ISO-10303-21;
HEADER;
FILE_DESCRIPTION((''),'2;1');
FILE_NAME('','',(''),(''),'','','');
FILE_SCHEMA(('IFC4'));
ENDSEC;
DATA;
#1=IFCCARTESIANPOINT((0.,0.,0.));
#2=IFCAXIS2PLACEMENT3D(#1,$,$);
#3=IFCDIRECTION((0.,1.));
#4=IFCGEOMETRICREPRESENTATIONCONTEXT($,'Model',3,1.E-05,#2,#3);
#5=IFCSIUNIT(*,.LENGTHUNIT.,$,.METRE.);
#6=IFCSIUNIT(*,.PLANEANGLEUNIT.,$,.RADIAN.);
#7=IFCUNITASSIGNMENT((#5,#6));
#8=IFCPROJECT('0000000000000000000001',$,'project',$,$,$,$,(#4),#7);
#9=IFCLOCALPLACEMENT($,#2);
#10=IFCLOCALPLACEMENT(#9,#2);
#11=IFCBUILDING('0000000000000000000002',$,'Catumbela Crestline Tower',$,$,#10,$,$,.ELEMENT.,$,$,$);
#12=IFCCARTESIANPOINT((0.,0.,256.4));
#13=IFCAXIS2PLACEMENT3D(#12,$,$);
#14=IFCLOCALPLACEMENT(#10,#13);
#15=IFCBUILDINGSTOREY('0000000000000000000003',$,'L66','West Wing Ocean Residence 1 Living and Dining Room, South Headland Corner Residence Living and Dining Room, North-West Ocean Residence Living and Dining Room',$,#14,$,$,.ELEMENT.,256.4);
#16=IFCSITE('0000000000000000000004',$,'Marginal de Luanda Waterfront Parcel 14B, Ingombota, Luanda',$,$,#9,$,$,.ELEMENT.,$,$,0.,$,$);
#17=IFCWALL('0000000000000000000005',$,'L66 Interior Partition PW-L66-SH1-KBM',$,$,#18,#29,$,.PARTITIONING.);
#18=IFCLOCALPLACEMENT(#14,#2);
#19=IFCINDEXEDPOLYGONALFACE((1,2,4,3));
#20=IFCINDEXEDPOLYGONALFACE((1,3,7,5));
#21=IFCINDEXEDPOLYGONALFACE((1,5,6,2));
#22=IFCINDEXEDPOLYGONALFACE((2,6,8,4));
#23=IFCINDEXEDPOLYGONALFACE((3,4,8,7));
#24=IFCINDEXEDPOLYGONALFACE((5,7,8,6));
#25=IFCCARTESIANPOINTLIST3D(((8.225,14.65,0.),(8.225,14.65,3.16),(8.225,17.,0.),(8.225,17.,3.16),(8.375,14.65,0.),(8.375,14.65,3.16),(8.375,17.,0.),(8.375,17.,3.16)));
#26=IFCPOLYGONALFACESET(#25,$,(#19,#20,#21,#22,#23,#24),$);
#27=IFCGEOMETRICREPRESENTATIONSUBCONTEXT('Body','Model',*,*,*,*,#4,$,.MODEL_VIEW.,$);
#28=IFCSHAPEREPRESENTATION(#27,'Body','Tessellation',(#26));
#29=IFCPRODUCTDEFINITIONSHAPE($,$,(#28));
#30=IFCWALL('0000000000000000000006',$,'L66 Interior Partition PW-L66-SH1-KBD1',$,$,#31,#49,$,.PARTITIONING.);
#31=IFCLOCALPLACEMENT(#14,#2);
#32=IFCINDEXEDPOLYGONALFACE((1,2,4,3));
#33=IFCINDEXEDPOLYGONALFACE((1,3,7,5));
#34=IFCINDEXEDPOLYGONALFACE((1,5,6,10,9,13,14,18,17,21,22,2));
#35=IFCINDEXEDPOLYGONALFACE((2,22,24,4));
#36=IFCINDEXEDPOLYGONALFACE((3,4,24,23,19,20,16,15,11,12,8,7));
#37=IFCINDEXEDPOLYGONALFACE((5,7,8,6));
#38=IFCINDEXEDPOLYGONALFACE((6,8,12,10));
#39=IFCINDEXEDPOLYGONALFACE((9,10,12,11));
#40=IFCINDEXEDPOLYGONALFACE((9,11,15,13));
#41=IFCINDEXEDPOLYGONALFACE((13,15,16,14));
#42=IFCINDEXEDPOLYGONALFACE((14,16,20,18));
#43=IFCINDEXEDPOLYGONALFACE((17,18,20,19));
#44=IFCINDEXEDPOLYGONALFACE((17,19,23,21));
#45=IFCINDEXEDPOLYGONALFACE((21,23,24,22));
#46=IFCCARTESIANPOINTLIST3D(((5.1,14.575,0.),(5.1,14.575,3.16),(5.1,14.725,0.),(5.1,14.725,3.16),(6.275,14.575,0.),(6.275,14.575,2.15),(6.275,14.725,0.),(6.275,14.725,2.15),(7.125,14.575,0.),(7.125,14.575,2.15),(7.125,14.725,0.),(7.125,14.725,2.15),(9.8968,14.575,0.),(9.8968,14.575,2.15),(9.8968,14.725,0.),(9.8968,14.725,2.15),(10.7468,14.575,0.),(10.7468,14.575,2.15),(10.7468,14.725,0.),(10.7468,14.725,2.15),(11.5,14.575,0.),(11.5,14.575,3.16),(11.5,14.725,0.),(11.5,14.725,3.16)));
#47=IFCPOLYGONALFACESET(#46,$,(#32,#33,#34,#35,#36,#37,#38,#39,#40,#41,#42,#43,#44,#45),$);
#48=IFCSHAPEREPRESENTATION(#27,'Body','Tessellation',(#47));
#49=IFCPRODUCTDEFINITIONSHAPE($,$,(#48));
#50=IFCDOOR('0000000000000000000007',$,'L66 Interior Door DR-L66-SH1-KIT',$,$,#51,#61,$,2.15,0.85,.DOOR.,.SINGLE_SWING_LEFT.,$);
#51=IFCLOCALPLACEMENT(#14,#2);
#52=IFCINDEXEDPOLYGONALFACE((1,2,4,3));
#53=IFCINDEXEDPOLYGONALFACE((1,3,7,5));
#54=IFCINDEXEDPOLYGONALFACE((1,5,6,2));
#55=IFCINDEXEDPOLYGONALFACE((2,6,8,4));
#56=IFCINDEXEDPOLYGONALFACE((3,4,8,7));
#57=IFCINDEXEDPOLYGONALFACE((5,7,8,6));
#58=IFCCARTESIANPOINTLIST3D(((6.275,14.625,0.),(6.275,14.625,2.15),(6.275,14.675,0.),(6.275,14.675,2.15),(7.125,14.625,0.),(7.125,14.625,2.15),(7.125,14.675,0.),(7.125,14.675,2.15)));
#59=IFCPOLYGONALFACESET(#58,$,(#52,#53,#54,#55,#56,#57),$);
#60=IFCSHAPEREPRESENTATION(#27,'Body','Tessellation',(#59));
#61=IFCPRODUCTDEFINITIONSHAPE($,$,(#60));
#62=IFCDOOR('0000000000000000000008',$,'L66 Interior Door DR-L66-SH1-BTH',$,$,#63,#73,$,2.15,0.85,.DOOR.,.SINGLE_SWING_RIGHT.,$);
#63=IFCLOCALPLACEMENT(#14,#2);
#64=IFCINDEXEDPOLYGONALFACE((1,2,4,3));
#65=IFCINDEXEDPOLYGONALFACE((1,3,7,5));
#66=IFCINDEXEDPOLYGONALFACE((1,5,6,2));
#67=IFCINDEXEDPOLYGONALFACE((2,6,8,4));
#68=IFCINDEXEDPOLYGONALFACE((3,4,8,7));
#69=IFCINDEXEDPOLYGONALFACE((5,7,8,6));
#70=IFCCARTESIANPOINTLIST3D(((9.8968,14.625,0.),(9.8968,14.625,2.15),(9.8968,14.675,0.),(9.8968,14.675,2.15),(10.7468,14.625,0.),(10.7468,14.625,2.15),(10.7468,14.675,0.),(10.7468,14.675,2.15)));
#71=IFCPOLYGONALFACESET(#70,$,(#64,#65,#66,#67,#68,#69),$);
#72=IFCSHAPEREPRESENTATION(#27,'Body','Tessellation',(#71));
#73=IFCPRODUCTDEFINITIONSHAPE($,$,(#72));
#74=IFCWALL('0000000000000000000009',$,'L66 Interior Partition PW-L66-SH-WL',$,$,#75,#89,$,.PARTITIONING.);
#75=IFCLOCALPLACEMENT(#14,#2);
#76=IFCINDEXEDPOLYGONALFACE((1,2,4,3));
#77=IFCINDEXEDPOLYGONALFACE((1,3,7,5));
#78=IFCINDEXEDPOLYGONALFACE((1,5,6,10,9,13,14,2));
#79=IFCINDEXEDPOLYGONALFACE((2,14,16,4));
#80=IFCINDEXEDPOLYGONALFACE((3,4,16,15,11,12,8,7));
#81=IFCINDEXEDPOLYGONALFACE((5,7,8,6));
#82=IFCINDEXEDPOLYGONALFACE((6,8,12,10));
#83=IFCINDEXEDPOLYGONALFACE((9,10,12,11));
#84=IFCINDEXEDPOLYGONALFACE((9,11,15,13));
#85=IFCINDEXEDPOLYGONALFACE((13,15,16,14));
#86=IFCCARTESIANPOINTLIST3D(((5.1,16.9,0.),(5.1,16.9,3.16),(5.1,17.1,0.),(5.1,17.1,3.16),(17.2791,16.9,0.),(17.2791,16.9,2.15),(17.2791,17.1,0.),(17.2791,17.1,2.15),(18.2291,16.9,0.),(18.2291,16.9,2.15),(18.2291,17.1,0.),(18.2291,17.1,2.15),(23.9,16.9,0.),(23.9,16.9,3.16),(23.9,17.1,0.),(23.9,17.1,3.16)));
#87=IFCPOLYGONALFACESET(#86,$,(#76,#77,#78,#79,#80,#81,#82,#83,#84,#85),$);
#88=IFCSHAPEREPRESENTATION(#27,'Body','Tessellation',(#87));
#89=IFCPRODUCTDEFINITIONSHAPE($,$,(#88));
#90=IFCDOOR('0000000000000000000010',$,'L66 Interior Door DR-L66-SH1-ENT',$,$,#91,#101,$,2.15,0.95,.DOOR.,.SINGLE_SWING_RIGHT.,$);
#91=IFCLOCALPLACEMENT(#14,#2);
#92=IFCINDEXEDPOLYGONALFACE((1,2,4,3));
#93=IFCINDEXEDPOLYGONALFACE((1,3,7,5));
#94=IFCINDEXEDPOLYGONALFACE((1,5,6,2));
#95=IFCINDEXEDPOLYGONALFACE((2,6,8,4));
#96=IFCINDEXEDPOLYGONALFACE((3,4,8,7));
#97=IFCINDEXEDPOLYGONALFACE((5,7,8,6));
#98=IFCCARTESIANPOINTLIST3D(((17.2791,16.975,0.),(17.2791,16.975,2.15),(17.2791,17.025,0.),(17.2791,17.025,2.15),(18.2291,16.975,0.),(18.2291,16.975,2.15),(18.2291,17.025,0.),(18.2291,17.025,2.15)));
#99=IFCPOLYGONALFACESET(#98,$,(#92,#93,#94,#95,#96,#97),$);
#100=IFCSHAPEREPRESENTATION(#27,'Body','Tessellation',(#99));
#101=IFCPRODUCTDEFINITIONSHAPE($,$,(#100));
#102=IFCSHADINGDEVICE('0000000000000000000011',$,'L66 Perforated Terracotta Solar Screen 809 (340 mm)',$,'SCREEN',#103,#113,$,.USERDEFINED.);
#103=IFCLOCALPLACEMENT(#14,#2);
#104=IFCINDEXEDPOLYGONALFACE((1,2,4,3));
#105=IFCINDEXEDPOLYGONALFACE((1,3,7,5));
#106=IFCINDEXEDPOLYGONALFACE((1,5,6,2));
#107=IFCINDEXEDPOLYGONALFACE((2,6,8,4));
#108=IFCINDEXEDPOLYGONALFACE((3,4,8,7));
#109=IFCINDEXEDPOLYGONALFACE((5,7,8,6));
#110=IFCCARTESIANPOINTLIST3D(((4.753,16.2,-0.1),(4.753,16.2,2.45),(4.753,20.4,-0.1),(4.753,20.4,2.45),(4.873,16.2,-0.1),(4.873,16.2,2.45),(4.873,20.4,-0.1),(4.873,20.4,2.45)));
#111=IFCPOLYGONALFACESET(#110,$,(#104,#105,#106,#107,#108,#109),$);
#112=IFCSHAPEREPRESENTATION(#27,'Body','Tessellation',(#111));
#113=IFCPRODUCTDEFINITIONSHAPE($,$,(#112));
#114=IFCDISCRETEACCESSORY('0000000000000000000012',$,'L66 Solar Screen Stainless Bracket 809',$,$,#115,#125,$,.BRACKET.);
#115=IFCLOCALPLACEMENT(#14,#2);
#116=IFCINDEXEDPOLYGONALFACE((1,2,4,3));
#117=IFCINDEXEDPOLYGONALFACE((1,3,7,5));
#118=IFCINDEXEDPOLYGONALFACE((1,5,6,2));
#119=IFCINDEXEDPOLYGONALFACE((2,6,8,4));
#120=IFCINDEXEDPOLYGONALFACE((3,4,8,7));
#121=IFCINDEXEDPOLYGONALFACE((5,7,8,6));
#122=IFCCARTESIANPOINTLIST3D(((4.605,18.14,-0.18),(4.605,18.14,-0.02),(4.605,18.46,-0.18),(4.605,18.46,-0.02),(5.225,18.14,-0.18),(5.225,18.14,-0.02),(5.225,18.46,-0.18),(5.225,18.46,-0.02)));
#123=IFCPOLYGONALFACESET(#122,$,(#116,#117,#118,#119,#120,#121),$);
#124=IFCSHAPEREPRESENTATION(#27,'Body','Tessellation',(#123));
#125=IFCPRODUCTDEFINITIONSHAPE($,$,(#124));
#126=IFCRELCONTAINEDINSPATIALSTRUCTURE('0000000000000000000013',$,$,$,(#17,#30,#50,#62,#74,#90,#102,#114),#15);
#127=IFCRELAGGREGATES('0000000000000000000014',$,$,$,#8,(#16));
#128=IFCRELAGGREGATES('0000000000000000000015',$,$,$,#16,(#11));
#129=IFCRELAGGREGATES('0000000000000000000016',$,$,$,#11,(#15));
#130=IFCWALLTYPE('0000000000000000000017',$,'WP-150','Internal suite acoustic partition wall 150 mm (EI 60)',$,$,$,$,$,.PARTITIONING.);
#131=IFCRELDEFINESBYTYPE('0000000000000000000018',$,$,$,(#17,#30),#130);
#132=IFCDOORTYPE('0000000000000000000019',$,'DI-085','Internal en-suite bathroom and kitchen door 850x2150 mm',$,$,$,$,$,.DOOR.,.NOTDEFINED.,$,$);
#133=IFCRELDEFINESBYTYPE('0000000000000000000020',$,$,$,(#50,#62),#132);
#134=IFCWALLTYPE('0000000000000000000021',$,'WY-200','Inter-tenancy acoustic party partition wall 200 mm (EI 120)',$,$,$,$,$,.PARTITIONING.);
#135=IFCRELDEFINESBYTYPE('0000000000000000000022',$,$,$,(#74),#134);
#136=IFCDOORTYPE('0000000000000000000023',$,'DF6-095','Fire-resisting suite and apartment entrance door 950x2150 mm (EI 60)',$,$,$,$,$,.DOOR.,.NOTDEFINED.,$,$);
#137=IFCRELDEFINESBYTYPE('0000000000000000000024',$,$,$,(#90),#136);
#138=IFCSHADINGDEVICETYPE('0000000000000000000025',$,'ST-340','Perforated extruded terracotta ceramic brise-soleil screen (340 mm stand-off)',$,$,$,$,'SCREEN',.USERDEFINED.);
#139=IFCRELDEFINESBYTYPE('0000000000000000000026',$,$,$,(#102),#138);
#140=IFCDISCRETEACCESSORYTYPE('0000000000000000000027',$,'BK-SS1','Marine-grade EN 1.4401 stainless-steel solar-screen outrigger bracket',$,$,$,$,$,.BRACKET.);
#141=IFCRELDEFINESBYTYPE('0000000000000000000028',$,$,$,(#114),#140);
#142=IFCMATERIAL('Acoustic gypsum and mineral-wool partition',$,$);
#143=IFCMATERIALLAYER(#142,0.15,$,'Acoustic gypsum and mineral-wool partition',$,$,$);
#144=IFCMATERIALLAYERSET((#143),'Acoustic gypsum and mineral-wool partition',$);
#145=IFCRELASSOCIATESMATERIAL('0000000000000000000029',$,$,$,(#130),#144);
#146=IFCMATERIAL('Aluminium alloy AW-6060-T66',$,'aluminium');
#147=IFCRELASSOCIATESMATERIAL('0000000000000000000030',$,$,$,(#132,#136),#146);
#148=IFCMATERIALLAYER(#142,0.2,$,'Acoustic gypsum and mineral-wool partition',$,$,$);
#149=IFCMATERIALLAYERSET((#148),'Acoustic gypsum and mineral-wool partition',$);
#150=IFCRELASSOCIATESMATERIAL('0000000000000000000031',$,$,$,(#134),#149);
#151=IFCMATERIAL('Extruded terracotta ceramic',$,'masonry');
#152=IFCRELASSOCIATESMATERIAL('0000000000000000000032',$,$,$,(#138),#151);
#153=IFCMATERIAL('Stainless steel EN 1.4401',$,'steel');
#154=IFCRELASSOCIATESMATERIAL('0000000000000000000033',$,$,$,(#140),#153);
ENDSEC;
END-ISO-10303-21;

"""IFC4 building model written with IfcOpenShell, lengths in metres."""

from ifc_helpers import new_model, si_unit, direction, frame, frame_2d, origin, origin_2d, place, context, subcontext, project, spatial, rectangle, extrude, material, layer, layer_set, type_object, element, fill, save


model = new_model("IFC4")

# Units and contexts
model_context = context("Model", 3, precision=1e-05, world=origin(), true_north=direction((0.0, 1.0)))
body_context = subcontext(model_context, "Body", "Model", "MODEL_VIEW")
ifc_project = project(units=[si_unit("LENGTHUNIT", "METRE"), si_unit("PLANEANGLEUNIT", "RADIAN")], contexts=[model_context])

# Site, building, storey
site_placement = place(None, origin())
site = spatial("IfcSite", under=ifc_project, at=site_placement, Name="Marginal de Luanda Waterfront Parcel 14B, Ingombota, Luanda", CompositionType="ELEMENT", RefElevation=0.0)
building_placement = place(site_placement, origin())
building = spatial("IfcBuilding", under=site, at=building_placement, Name="Catumbela Crestline Tower", CompositionType="ELEMENT")
storey_placement = place(building_placement, frame((0.0, 0.0, 256.4)))
storey = spatial("IfcBuildingStorey", under=building, at=storey_placement, Name="L66", Description="West Wing Ocean Residence 1 Living and Dining Room, South Headland Corner Residence Living and Dining Room, North-West Ocean Residence Living and Dining Room", CompositionType="ELEMENT", Elevation=256.4)

# Shared definitions
ifc_material_1 = material(Name="Aluminium alloy AW-6060-T66", Category="aluminium")

# Wall
ifc_material_2 = material(Name="Acoustic gypsum and mineral-wool partition")
ifc_layer_1 = layer(ifc_material_2, 0.15, Name="Acoustic gypsum and mineral-wool partition")
ifc_layer_set_1 = layer_set([ifc_layer_1], Name="Acoustic gypsum and mineral-wool partition")
wall_type_1 = type_object("IfcWallType", Name="WP-150", Description="Internal suite acoustic partition wall 150 mm (EI 60)", PredefinedType="PARTITIONING", material=ifc_layer_set_1)
wall_1_placement = place(storey_placement, frame((8.3, 14.65, 0.0), z_axis=(0.0, 0.0, 1.0), x_axis=(0.0, 1.0, 0.0)))
element("IfcWall", 1, at=wall_1_placement, inside=storey, type_object=wall_type_1, Name="L66 Interior Partition PW-L66-SH1-KBM", PredefinedType="PARTITIONING", context=body_context, shape_type="SweptSolid", body=[
    extrude(rectangle(XDim=2.35, YDim=0.15, at=frame_2d((1.175, 0.0))), origin(), (0.0, 0.0, 1.0), 3.16),
])

# Wall, openings, doors
wall_2_placement = place(storey_placement, frame((5.1, 14.65, 0.0), z_axis=(0.0, 0.0, 1.0), x_axis=(1.0, 0.0, 0.0)))
wall_2 = element("IfcWall", 2, at=wall_2_placement, inside=storey, type_object=wall_type_1, Name="L66 Interior Partition PW-L66-SH1-KBD1", PredefinedType="PARTITIONING", context=body_context, shape_type="SweptSolid", body=[
    extrude(rectangle(XDim=6.4, YDim=0.15, at=frame_2d((3.2, 0.0))), origin(), (0.0, 0.0, 1.0), 3.16),
])
opening_1_placement = place(wall_2_placement, frame((1.175, 0.0, 0.0)))
opening_1 = element("IfcOpeningElement", 3, at=opening_1_placement, cuts=wall_2, PredefinedType="OPENING", context=body_context, shape_type="SweptSolid", body=[
    extrude(rectangle(XDim=0.85, YDim=2.15, at=frame_2d((0.425, 1.075))), frame((0.0, 0.085, 0.0), z_axis=(0.0, -1.0, 0.0), x_axis=(1.0, 0.0, 0.0)), (0.0, 0.0, 1.0), 0.17),
])
opening_2_placement = place(wall_2_placement, frame((4.7968, 0.0, 0.0)))
opening_2 = element("IfcOpeningElement", 4, at=opening_2_placement, cuts=wall_2, PredefinedType="OPENING", context=body_context, shape_type="SweptSolid", body=[
    extrude(rectangle(XDim=0.85, YDim=2.15, at=frame_2d((0.425, 1.075))), frame((0.0, 0.085, 0.0), z_axis=(0.0, -1.0, 0.0), x_axis=(1.0, 0.0, 0.0)), (0.0, 0.0, 1.0), 0.17),
])
door_type_1 = type_object("IfcDoorType", Name="DI-085", Description="Internal en-suite bathroom and kitchen door 850x2150 mm", OperationType="NOTDEFINED", PredefinedType="DOOR", material=ifc_material_1)
door_1_placement = place(opening_1_placement, origin())
door_1 = element("IfcDoor", 5, at=door_1_placement, inside=storey, type_object=door_type_1, Name="L66 Interior Door DR-L66-SH1-KIT", OperationType="SINGLE_SWING_LEFT", OverallHeight=2.15, OverallWidth=0.85, PredefinedType="DOOR", context=body_context, shape_type="SweptSolid", body=[
    extrude(rectangle(XDim=0.85, YDim=2.15, at=frame_2d((0.425, 1.075))), frame((0.0, 0.025, 0.0), z_axis=(0.0, -1.0, 0.0), x_axis=(1.0, 0.0, 0.0)), (0.0, 0.0, 1.0), 0.05),
])
fill(opening_1, door_1)
door_2_placement = place(opening_2_placement, origin())
door_2 = element("IfcDoor", 6, at=door_2_placement, inside=storey, type_object=door_type_1, Name="L66 Interior Door DR-L66-SH1-BTH", OperationType="SINGLE_SWING_RIGHT", OverallHeight=2.15, OverallWidth=0.85, PredefinedType="DOOR", context=body_context, shape_type="SweptSolid", body=[
    extrude(rectangle(XDim=0.85, YDim=2.15, at=frame_2d((0.425, 1.075))), frame((0.0, 0.025, 0.0), z_axis=(0.0, -1.0, 0.0), x_axis=(1.0, 0.0, 0.0)), (0.0, 0.0, 1.0), 0.05),
])
fill(opening_2, door_2)

# Wall, opening, door
ifc_layer_2 = layer(ifc_material_2, 0.2, Name="Acoustic gypsum and mineral-wool partition")
ifc_layer_set_2 = layer_set([ifc_layer_2], Name="Acoustic gypsum and mineral-wool partition")
wall_type_2 = type_object("IfcWallType", Name="WY-200", Description="Inter-tenancy acoustic party partition wall 200 mm (EI 120)", PredefinedType="PARTITIONING", material=ifc_layer_set_2)
wall_3_placement = place(storey_placement, frame((5.1, 17.0, 0.0), z_axis=(0.0, 0.0, 1.0), x_axis=(1.0, 0.0, 0.0)))
wall_3 = element("IfcWall", 7, at=wall_3_placement, inside=storey, type_object=wall_type_2, Name="L66 Interior Partition PW-L66-SH-WL", PredefinedType="PARTITIONING", context=body_context, shape_type="SweptSolid", body=[
    extrude(rectangle(XDim=18.8, YDim=0.2, at=frame_2d((9.4, 0.0))), origin(), (0.0, 0.0, 1.0), 3.16),
])
opening_3_placement = place(wall_3_placement, frame((12.1791, 0.0, 0.0)))
opening_3 = element("IfcOpeningElement", 8, at=opening_3_placement, cuts=wall_3, PredefinedType="OPENING", context=body_context, shape_type="SweptSolid", body=[
    extrude(rectangle(XDim=0.95, YDim=2.15, at=frame_2d((0.475, 1.075))), frame((0.0, 0.11, 0.0), z_axis=(0.0, -1.0, 0.0), x_axis=(1.0, 0.0, 0.0)), (0.0, 0.0, 1.0), 0.22),
])
door_type_2 = type_object("IfcDoorType", Name="DF6-095", Description="Fire-resisting suite and apartment entrance door 950x2150 mm (EI 60)", OperationType="NOTDEFINED", PredefinedType="DOOR", material=ifc_material_1)
door_3_placement = place(opening_3_placement, origin())
door_3 = element("IfcDoor", 9, at=door_3_placement, inside=storey, type_object=door_type_2, Name="L66 Interior Door DR-L66-SH1-ENT", OperationType="SINGLE_SWING_RIGHT", OverallHeight=2.15, OverallWidth=0.95, PredefinedType="DOOR", context=body_context, shape_type="SweptSolid", body=[
    extrude(rectangle(XDim=0.95, YDim=2.15, at=frame_2d((0.475, 1.075))), frame((0.0, 0.025, 0.0), z_axis=(0.0, -1.0, 0.0), x_axis=(1.0, 0.0, 0.0)), (0.0, 0.0, 1.0), 0.05),
])
fill(opening_3, door_3)

# Shading device
ifc_material_3 = material(Name="Extruded terracotta ceramic", Category="masonry")
shading_device_type = type_object("IfcShadingDeviceType", Name="ST-340", Description="Perforated extruded terracotta ceramic brise-soleil screen (340 mm stand-off)", ElementType="SCREEN", PredefinedType="USERDEFINED", material=ifc_material_3)
shading_device_placement = place(storey_placement, frame((4.813, 18.3, -0.1), z_axis=(0.0, 0.0, 1.0), x_axis=(0.0, -1.0, 0.0)))
element("IfcShadingDevice", 10, at=shading_device_placement, inside=storey, type_object=shading_device_type, Name="L66 Perforated Terracotta Solar Screen 809 (340 mm)", ObjectType="SCREEN", PredefinedType="USERDEFINED", context=body_context, shape_type="SweptSolid", body=[
    extrude(rectangle(XDim=4.2, YDim=0.12, at=origin_2d()), origin(), (0.0, 0.0, 1.0), 2.55),
])

# Discrete accessory
ifc_material_4 = material(Name="Stainless steel EN 1.4401", Category="steel")
discrete_accessory_type = type_object("IfcDiscreteAccessoryType", Name="BK-SS1", Description="Marine-grade EN 1.4401 stainless-steel solar-screen outrigger bracket", PredefinedType="BRACKET", material=ifc_material_4)
discrete_accessory_placement = place(storey_placement, frame((4.915, 18.3, -0.18), z_axis=(0.0, 0.0, 1.0), x_axis=(0.0, -1.0, 0.0)))
element("IfcDiscreteAccessory", 11, at=discrete_accessory_placement, inside=storey, type_object=discrete_accessory_type, Name="L66 Solar Screen Stainless Bracket 809", PredefinedType="BRACKET", context=body_context, shape_type="SweptSolid", body=[
    extrude(rectangle(XDim=0.32, YDim=0.62, at=origin_2d()), origin(), (0.0, 0.0, 1.0), 0.16),
])

save(model, "model.ifc")
